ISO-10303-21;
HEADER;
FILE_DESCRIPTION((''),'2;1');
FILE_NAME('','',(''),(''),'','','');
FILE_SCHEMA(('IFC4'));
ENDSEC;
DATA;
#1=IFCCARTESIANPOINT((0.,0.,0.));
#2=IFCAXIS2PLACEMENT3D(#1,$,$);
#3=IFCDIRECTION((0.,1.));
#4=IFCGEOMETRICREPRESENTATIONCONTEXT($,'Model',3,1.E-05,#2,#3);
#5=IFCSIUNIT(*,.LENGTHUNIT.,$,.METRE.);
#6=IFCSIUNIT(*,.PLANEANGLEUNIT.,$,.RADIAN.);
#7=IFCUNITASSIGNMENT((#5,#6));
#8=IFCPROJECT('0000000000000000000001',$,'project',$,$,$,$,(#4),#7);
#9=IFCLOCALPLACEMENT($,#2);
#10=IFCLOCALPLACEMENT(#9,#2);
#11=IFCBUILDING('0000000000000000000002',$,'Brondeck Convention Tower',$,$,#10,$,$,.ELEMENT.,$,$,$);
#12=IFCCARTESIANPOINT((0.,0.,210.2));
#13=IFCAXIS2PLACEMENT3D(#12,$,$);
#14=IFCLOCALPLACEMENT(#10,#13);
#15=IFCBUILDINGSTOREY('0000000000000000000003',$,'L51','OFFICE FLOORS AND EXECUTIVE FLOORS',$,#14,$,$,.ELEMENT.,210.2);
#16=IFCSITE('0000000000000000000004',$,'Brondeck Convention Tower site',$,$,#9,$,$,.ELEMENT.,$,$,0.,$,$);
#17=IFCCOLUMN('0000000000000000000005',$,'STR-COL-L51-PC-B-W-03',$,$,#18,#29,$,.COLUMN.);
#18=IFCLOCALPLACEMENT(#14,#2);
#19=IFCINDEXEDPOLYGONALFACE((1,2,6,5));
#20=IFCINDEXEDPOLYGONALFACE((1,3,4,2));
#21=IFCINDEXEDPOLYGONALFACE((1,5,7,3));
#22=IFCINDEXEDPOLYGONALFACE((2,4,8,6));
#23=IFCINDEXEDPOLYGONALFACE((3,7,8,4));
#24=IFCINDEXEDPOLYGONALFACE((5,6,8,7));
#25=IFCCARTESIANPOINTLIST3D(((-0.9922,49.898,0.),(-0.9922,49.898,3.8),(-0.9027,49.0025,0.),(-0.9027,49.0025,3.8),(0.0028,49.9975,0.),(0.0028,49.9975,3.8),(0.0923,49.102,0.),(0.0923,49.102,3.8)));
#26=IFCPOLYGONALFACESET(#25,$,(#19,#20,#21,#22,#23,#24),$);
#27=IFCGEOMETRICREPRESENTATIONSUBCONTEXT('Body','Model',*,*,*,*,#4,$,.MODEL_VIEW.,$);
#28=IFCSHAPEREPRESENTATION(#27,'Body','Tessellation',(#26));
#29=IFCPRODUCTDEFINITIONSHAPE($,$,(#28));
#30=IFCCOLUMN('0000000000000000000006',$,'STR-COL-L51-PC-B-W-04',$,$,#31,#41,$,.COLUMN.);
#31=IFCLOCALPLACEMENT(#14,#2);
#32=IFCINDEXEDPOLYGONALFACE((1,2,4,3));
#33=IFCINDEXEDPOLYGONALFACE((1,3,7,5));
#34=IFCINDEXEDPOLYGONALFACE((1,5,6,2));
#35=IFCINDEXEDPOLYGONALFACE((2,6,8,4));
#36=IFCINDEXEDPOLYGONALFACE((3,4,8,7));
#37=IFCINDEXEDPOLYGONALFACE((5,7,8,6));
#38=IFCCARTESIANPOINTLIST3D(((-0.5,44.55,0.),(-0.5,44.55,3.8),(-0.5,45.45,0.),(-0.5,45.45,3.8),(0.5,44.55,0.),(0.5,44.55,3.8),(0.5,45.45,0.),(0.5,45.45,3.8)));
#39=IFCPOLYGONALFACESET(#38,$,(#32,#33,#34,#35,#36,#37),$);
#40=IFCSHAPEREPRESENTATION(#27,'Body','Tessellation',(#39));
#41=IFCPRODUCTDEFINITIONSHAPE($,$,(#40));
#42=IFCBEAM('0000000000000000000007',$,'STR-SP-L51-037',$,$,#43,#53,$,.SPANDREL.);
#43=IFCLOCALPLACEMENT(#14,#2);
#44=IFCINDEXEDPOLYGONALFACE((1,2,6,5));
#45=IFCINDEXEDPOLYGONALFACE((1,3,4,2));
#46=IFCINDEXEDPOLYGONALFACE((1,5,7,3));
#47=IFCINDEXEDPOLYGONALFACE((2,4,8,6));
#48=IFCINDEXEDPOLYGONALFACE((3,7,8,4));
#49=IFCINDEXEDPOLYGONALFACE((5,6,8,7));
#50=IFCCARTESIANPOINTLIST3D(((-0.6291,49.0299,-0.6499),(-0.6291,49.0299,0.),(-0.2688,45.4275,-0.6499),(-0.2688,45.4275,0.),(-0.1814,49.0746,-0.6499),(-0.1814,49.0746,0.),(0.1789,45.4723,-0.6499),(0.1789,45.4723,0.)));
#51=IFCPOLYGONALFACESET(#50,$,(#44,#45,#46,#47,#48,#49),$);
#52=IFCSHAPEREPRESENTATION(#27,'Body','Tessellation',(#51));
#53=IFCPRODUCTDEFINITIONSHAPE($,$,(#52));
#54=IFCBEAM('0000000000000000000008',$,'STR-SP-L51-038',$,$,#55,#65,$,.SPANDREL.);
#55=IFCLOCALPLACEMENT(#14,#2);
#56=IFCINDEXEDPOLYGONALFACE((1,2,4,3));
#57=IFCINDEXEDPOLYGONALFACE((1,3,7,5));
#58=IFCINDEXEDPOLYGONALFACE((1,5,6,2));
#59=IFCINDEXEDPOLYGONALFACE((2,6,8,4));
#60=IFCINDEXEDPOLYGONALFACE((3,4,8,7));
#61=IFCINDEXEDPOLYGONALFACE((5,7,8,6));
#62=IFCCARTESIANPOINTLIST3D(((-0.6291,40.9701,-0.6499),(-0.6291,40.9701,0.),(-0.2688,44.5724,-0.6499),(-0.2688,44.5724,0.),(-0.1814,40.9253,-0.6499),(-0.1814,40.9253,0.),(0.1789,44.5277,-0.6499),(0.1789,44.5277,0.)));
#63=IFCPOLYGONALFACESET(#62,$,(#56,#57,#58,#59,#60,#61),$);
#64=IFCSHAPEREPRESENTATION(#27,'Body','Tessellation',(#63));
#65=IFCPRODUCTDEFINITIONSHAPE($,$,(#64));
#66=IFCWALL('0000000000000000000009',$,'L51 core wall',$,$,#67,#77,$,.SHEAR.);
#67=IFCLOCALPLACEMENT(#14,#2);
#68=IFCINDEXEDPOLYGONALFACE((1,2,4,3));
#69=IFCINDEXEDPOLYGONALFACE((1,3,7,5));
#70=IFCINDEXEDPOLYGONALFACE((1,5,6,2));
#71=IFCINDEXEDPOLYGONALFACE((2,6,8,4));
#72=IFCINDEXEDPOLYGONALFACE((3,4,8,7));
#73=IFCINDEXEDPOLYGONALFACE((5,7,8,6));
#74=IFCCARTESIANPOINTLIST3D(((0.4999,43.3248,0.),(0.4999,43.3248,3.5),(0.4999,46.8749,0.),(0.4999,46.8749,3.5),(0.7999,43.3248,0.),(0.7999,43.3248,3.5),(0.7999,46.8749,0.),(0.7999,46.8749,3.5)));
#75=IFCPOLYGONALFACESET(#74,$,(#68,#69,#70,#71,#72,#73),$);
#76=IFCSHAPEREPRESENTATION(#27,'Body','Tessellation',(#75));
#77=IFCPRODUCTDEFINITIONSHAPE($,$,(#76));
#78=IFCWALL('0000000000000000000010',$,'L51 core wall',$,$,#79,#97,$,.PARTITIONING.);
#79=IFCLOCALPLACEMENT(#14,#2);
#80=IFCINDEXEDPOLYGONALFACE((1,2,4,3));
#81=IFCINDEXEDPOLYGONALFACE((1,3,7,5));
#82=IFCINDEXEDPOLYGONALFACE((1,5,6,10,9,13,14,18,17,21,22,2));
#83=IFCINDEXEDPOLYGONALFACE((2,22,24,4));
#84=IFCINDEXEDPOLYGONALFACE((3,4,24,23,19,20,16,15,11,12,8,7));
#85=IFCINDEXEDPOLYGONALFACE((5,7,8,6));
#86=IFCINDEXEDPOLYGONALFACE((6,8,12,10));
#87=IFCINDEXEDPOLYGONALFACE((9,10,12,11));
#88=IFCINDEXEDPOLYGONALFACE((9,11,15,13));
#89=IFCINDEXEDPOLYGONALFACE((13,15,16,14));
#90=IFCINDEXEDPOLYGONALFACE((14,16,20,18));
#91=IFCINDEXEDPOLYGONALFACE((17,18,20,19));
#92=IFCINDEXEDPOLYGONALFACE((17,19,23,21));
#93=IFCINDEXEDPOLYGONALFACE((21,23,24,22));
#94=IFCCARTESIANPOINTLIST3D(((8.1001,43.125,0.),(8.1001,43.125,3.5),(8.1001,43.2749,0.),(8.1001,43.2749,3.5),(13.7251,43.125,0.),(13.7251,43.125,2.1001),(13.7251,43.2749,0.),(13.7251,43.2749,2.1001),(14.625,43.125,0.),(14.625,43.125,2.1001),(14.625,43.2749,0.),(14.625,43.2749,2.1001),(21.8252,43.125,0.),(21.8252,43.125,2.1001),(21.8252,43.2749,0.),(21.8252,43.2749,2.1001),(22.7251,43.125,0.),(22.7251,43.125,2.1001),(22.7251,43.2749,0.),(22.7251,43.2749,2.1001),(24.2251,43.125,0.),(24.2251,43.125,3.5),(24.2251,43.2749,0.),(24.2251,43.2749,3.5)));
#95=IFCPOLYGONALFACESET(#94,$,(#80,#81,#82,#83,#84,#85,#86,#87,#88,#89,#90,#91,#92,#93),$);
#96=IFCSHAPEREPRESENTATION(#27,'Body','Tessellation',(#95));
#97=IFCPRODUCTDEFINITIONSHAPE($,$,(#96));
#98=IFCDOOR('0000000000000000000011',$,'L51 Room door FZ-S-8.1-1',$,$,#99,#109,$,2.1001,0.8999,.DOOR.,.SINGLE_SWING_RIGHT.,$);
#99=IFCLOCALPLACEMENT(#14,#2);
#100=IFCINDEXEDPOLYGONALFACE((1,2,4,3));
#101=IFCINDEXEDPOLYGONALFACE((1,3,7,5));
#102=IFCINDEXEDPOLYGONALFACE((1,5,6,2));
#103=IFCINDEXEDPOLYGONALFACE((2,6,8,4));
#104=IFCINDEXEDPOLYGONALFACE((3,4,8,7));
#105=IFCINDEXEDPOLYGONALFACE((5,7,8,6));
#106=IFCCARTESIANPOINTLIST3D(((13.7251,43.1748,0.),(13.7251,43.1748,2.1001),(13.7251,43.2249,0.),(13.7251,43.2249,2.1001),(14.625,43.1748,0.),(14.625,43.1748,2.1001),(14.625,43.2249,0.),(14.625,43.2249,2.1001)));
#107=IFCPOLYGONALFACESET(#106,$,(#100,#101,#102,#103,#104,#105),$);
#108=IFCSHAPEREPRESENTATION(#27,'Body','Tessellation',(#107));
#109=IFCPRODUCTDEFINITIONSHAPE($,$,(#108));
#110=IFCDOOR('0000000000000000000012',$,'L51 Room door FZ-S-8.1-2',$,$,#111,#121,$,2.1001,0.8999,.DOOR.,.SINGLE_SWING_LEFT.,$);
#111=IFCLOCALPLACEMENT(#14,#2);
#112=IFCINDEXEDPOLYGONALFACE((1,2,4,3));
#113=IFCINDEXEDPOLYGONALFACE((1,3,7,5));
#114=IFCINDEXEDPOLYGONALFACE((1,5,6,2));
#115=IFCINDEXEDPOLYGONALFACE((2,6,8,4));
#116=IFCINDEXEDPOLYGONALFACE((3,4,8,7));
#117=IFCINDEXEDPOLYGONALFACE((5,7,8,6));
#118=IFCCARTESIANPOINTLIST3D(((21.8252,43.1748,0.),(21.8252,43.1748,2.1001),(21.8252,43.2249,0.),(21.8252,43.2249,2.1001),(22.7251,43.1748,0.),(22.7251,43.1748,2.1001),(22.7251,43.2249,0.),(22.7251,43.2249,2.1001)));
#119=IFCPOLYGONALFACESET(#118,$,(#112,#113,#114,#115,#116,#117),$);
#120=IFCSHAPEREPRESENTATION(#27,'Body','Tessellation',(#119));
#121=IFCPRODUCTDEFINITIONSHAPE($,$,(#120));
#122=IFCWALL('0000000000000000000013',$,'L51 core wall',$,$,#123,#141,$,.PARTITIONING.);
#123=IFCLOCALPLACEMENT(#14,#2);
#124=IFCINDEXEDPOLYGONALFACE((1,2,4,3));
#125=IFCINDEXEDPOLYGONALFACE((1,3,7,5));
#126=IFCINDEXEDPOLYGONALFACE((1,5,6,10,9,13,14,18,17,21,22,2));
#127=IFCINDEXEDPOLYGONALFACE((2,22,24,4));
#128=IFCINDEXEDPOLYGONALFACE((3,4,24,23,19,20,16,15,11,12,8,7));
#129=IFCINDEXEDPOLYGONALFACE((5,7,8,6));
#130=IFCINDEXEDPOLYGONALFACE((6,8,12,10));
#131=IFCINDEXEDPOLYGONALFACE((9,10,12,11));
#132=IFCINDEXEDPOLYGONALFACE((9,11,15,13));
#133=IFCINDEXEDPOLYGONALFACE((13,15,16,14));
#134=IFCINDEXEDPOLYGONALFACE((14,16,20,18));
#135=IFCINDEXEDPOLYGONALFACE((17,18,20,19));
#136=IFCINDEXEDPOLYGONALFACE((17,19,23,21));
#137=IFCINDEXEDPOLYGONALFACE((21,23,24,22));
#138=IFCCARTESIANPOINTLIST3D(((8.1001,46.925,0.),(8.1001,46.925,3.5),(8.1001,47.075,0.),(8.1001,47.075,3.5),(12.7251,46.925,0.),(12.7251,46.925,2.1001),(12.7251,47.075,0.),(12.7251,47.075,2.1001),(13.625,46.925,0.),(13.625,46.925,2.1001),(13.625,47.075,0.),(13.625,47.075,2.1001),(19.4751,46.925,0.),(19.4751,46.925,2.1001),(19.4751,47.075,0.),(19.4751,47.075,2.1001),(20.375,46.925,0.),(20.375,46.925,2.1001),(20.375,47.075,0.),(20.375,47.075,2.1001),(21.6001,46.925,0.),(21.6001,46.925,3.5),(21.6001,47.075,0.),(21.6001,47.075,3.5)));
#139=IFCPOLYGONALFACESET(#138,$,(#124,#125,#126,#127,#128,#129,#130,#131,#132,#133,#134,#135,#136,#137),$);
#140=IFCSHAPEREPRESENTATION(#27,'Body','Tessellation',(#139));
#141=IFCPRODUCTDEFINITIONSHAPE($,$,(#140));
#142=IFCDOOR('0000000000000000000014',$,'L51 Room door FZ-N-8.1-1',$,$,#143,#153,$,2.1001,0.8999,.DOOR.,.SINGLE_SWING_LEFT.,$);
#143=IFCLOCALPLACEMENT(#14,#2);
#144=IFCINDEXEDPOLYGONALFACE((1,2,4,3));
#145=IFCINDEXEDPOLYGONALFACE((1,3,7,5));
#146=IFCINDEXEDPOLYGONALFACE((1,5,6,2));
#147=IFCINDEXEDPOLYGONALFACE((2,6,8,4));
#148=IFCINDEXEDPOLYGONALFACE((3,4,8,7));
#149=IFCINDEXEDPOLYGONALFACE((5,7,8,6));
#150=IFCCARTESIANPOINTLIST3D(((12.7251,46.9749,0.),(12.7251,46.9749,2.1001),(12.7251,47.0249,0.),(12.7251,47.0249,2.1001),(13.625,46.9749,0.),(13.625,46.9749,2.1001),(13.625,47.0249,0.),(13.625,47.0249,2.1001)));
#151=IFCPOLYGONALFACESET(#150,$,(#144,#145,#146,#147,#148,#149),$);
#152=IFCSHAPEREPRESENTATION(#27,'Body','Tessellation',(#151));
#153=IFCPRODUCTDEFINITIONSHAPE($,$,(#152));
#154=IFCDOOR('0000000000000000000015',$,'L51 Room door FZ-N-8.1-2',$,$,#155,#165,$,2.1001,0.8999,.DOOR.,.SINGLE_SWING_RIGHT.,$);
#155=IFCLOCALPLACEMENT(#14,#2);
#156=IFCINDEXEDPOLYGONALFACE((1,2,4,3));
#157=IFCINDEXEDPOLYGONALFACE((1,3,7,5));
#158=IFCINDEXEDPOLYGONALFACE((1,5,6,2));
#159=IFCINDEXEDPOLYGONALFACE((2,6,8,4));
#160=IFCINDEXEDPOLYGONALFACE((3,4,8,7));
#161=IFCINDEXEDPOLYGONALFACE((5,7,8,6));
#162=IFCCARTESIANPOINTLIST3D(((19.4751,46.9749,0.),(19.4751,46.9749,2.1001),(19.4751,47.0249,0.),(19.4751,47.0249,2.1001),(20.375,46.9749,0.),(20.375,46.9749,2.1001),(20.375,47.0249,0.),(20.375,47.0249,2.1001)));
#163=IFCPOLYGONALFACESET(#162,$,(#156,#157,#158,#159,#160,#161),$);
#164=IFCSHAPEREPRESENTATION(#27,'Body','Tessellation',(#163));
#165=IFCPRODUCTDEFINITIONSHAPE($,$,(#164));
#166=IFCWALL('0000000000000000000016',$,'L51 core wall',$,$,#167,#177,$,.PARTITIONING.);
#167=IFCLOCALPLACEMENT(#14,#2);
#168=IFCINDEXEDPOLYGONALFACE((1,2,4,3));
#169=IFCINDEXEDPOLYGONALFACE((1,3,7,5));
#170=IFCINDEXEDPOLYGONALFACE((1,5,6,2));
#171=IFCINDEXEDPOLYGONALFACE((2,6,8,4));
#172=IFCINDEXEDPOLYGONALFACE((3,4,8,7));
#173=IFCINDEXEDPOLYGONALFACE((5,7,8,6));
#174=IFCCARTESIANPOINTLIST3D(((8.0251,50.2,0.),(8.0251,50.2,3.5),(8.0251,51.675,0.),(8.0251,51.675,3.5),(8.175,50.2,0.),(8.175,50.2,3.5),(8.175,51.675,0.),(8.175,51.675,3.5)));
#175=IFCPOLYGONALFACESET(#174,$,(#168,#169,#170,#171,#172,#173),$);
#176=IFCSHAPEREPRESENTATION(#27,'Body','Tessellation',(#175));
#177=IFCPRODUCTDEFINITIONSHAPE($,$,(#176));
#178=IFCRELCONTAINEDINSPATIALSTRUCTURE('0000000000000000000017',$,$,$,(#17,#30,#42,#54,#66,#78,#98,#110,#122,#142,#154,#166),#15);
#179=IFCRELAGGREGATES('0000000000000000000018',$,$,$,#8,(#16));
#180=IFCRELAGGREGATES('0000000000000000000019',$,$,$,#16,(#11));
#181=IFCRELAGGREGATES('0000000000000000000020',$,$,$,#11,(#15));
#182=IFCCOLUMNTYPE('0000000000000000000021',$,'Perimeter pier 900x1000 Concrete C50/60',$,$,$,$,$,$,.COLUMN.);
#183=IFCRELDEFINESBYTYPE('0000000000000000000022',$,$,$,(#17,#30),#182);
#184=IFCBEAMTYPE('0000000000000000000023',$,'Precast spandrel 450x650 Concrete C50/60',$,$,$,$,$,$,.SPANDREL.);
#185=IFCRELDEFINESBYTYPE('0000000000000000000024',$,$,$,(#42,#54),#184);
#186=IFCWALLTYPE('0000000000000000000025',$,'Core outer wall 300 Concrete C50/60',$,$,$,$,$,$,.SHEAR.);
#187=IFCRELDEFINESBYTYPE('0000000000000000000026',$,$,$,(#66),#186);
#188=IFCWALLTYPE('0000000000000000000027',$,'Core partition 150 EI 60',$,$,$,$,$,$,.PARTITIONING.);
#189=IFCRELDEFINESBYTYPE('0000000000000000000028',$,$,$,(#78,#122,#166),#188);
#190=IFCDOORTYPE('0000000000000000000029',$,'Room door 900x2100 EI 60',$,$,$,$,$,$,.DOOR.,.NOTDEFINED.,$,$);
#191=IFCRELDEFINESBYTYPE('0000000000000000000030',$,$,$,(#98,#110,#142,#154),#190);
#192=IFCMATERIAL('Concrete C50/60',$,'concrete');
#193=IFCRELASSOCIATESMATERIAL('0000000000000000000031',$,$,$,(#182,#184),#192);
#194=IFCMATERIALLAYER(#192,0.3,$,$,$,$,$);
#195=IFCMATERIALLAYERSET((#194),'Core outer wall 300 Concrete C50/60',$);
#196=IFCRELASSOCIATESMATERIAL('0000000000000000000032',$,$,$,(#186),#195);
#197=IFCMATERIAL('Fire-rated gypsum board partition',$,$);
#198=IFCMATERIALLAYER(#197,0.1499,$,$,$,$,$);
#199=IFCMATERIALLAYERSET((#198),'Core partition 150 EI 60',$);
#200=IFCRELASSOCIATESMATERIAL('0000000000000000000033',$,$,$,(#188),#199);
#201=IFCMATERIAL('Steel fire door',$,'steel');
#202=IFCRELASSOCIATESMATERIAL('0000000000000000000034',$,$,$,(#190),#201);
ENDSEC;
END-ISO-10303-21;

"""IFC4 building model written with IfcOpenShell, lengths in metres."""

from ifc_helpers import new_model, si_unit, direction, frame, frame_2d, origin, origin_2d, place, context, subcontext, project, spatial, rectangle, extrude, material, layer, layer_set, material_profile, profile_set, type_object, element, fill, save


model = new_model("IFC4")

# Units and contexts
model_context = context("Model", 3, precision=1e-05, world=origin(), true_north=direction((0.0, 1.0)))
body_context = subcontext(model_context, "Body", "Model", "MODEL_VIEW")
ifc_project = project(units=[si_unit("LENGTHUNIT", "METRE"), si_unit("PLANEANGLEUNIT", "RADIAN")], contexts=[model_context])

# Site, building, storey
site_placement = place(None, origin())
site = spatial("IfcSite", under=ifc_project, at=site_placement, Name="Brondeck Convention Tower site", CompositionType="ELEMENT", RefElevation=0.0)
building_placement = place(site_placement, origin())
building = spatial("IfcBuilding", under=site, at=building_placement, Name="Brondeck Convention Tower", CompositionType="ELEMENT")
storey_placement = place(building_placement, frame((0.0, 0.0, 210.2)))
storey = spatial("IfcBuildingStorey", under=building, at=storey_placement, Name="L51", Description="OFFICE FLOORS AND EXECUTIVE FLOORS", CompositionType="ELEMENT", Elevation=210.2)

# Columns
ifc_material_1 = material(Name="Concrete C50/60", Category="concrete")
ifc_material_profile_1 = material_profile(ifc_material_1, rectangle(XDim=0.8999, YDim=1.0, at=origin_2d()), Name="Perimeter pier 900x1000 Concrete C50/60")
ifc_profile_set_1 = profile_set([ifc_material_profile_1], Name="Concrete C50/60")
column_type = type_object("IfcColumnType", Name="Perimeter pier 900x1000 Concrete C50/60", PredefinedType="COLUMN", material=ifc_profile_set_1)
for number, where, z_axis, x_axis, name in (
    (1, (-0.45, 49.5, 0.0), (0.0, 0.0, 1.0), (0.099504, -0.995037, 0.0), "STR-COL-L51-PC-B-W-03"),
    (2, (0.0, 45.0, 0.0), (0.0, 0.0, 1.0), (0.0, -1.0, 0.0), "STR-COL-L51-PC-B-W-04"),
):
    element("IfcColumn", number, at=place(storey_placement, frame(where, z_axis=z_axis, x_axis=x_axis)), inside=storey, type_object=column_type, Name=name, PredefinedType="COLUMN", context=body_context, shape_type="SweptSolid", body=[
        extrude(rectangle(XDim=0.8999, YDim=1.0, at=origin_2d()), origin(), (0.0, 0.0, 1.0), 3.8),
    ])

# Beams
ifc_material_profile_2 = material_profile(ifc_material_1, rectangle(XDim=0.45, YDim=0.6499, at=origin_2d()), Name="Precast spandrel 450x650 Concrete C50/60")
ifc_profile_set_2 = profile_set([ifc_material_profile_2], Name="Concrete C50/60")
beam_type = type_object("IfcBeamType", Name="Precast spandrel 450x650 Concrete C50/60", PredefinedType="SPANDREL", material=ifc_profile_set_2)
for number, where, z_axis, x_axis, name in (
    (3, (-0.4053, 49.0522, -0.325), (0.099537, -0.995034, 0.0), (0.995034, 0.099537, 0.0), "STR-SP-L51-037"),
    (4, (-0.0449, 44.55, -0.325), (-0.099537, -0.995034, 0.0), (0.995034, -0.099537, 0.0), "STR-SP-L51-038"),
):
    element("IfcBeam", number, at=place(storey_placement, frame(where, z_axis=z_axis, x_axis=x_axis)), inside=storey, type_object=beam_type, Name=name, PredefinedType="SPANDREL", context=body_context, shape_type="SweptSolid", body=[
        extrude(rectangle(XDim=0.45, YDim=0.6499, at=origin_2d()), origin(), (0.0, 0.0, 1.0), 3.6204),
    ])

# Wall
ifc_layer_1 = layer(ifc_material_1, 0.3)
ifc_layer_set_1 = layer_set([ifc_layer_1], Name="Core outer wall 300 Concrete C50/60")
wall_type_1 = type_object("IfcWallType", Name="Core outer wall 300 Concrete C50/60", PredefinedType="SHEAR", material=ifc_layer_set_1)
wall_1_placement = place(storey_placement, frame((0.6499, 43.325, 0.0), z_axis=(0.0, 0.0, 1.0), x_axis=(0.0, 1.0, 0.0)))
element("IfcWall", 5, at=wall_1_placement, inside=storey, type_object=wall_type_1, Name="L51 core wall", PredefinedType="SHEAR", context=body_context, shape_type="SweptSolid", body=[
    extrude(rectangle(XDim=3.55, YDim=0.3, at=frame_2d((1.7749, 0.0))), origin(), (0.0, 0.0, 1.0), 3.5),
])

# Walls, openings, doors
ifc_material_2 = material(Name="Fire-rated gypsum board partition")
ifc_layer_2 = layer(ifc_material_2, 0.1499)
ifc_layer_set_2 = layer_set([ifc_layer_2], Name="Core partition 150 EI 60")
wall_type_2 = type_object("IfcWallType", Name="Core partition 150 EI 60", PredefinedType="PARTITIONING", material=ifc_layer_set_2)
wall_2_placement = place(storey_placement, frame((8.1001, 43.2, 0.0), z_axis=(0.0, 0.0, 1.0), x_axis=(1.0, 0.0, 0.0)))
wall_2 = element("IfcWall", 6, at=wall_2_placement, inside=storey, type_object=wall_type_2, Name="L51 core wall", PredefinedType="PARTITIONING", context=body_context, shape_type="SweptSolid", body=[
    extrude(rectangle(XDim=16.125, YDim=0.1499, at=frame_2d((8.0625, 0.0))), origin(), (0.0, 0.0, 1.0), 3.5),
])
opening_1_placement = place(wall_2_placement, frame((5.625, 0.0, 0.0)))
opening_1 = element("IfcOpeningElement", 7, at=opening_1_placement, cuts=wall_2, PredefinedType="OPENING", context=body_context, shape_type="SweptSolid", body=[
    extrude(rectangle(XDim=0.8999, YDim=2.1001, at=frame_2d((0.45, 1.05))), frame((0.0, 0.085, 0.0), z_axis=(0.0, -1.0, 0.0), x_axis=(1.0, 0.0, 0.0)), (0.0, 0.0, 1.0), 0.1699),
])
opening_2_placement = place(wall_2_placement, frame((13.7251, 0.0, 0.0)))
opening_2 = element("IfcOpeningElement", 8, at=opening_2_placement, cuts=wall_2, PredefinedType="OPENING", context=body_context, shape_type="SweptSolid", body=[
    extrude(rectangle(XDim=0.8999, YDim=2.1001, at=frame_2d((0.45, 1.05))), frame((0.0, 0.085, 0.0), z_axis=(0.0, -1.0, 0.0), x_axis=(1.0, 0.0, 0.0)), (0.0, 0.0, 1.0), 0.1699),
])
ifc_material_3 = material(Name="Steel fire door", Category="steel")
door_type_1 = type_object("IfcDoorType", Name="Room door 900x2100 EI 60", OperationType="NOTDEFINED", PredefinedType="DOOR", material=ifc_material_3)
door_1_placement = place(opening_1_placement, origin())
door_1 = element("IfcDoor", 9, at=door_1_placement, inside=storey, type_object=door_type_1, Name="L51 Room door FZ-S-8.1-1", OperationType="SINGLE_SWING_RIGHT", OverallHeight=2.1001, OverallWidth=0.8999, PredefinedType="DOOR", context=body_context, shape_type="SweptSolid", body=[
    extrude(rectangle(XDim=0.8999, YDim=2.1001, at=frame_2d((0.45, 1.05))), frame((0.0, 0.0249, 0.0), z_axis=(0.0, -1.0, 0.0), x_axis=(1.0, 0.0, 0.0)), (0.0, 0.0, 1.0), 0.05),
])
fill(opening_1, door_1)
door_2_placement = place(opening_2_placement, origin())
door_2 = element("IfcDoor", 10, at=door_2_placement, inside=storey, type_object=door_type_1, Name="L51 Room door FZ-S-8.1-2", OperationType="SINGLE_SWING_LEFT", OverallHeight=2.1001, OverallWidth=0.8999, PredefinedType="DOOR", context=body_context, shape_type="SweptSolid", body=[
    extrude(rectangle(XDim=0.8999, YDim=2.1001, at=frame_2d((0.45, 1.05))), frame((0.0, 0.0249, 0.0), z_axis=(0.0, -1.0, 0.0), x_axis=(1.0, 0.0, 0.0)), (0.0, 0.0, 1.0), 0.05),
])
fill(opening_2, door_2)
wall_3_placement = place(storey_placement, frame((8.1001, 47.0, 0.0), z_axis=(0.0, 0.0, 1.0), x_axis=(1.0, 0.0, 0.0)))
wall_3 = element("IfcWall", 11, at=wall_3_placement, inside=storey, type_object=wall_type_2, Name="L51 core wall", PredefinedType="PARTITIONING", context=body_context, shape_type="SweptSolid", body=[
    extrude(rectangle(XDim=13.5, YDim=0.1499, at=frame_2d((6.75, 0.0))), origin(), (0.0, 0.0, 1.0), 3.5),
])
opening_3_placement = place(wall_3_placement, frame((4.625, 0.0, 0.0)))
opening_3 = element("IfcOpeningElement", 12, at=opening_3_placement, cuts=wall_3, PredefinedType="OPENING", context=body_context, shape_type="SweptSolid", body=[
    extrude(rectangle(XDim=0.8999, YDim=2.1001, at=frame_2d((0.45, 1.05))), frame((0.0, 0.085, 0.0), z_axis=(0.0, -1.0, 0.0), x_axis=(1.0, 0.0, 0.0)), (0.0, 0.0, 1.0), 0.1699),
])
opening_4_placement = place(wall_3_placement, frame((11.375, 0.0, 0.0)))
opening_4 = element("IfcOpeningElement", 13, at=opening_4_placement, cuts=wall_3, PredefinedType="OPENING", context=body_context, shape_type="SweptSolid", body=[
    extrude(rectangle(XDim=0.8999, YDim=2.1001, at=frame_2d((0.45, 1.05))), frame((0.0, 0.085, 0.0), z_axis=(0.0, -1.0, 0.0), x_axis=(1.0, 0.0, 0.0)), (0.0, 0.0, 1.0), 0.1699),
])
door_3_placement = place(opening_3_placement, origin())
door_3 = element("IfcDoor", 14, at=door_3_placement, inside=storey, type_object=door_type_1, Name="L51 Room door FZ-N-8.1-1", OperationType="SINGLE_SWING_LEFT", OverallHeight=2.1001, OverallWidth=0.8999, PredefinedType="DOOR", context=body_context, shape_type="SweptSolid", body=[
    extrude(rectangle(XDim=0.8999, YDim=2.1001, at=frame_2d((0.45, 1.05))), frame((0.0, 0.0249, 0.0), z_axis=(0.0, -1.0, 0.0), x_axis=(1.0, 0.0, 0.0)), (0.0, 0.0, 1.0), 0.05),
])
fill(opening_3, door_3)
door_4_placement = place(opening_4_placement, origin())
door_4 = element("IfcDoor", 15, at=door_4_placement, inside=storey, type_object=door_type_1, Name="L51 Room door FZ-N-8.1-2", OperationType="SINGLE_SWING_RIGHT", OverallHeight=2.1001, OverallWidth=0.8999, PredefinedType="DOOR", context=body_context, shape_type="SweptSolid", body=[
    extrude(rectangle(XDim=0.8999, YDim=2.1001, at=frame_2d((0.45, 1.05))), frame((0.0, 0.0249, 0.0), z_axis=(0.0, -1.0, 0.0), x_axis=(1.0, 0.0, 0.0)), (0.0, 0.0, 1.0), 0.05),
])
fill(opening_4, door_4)

# Wall
wall_4_placement = place(storey_placement, frame((8.1001, 50.2, 0.0), z_axis=(0.0, 0.0, 1.0), x_axis=(0.0, 1.0, 0.0)))
element("IfcWall", 16, at=wall_4_placement, inside=storey, type_object=wall_type_2, Name="L51 core wall", PredefinedType="PARTITIONING", context=body_context, shape_type="SweptSolid", body=[
    extrude(rectangle(XDim=1.4751, YDim=0.1499, at=frame_2d((0.7375, 0.0))), origin(), (0.0, 0.0, 1.0), 3.5),
])

save(model, "model.ifc")
